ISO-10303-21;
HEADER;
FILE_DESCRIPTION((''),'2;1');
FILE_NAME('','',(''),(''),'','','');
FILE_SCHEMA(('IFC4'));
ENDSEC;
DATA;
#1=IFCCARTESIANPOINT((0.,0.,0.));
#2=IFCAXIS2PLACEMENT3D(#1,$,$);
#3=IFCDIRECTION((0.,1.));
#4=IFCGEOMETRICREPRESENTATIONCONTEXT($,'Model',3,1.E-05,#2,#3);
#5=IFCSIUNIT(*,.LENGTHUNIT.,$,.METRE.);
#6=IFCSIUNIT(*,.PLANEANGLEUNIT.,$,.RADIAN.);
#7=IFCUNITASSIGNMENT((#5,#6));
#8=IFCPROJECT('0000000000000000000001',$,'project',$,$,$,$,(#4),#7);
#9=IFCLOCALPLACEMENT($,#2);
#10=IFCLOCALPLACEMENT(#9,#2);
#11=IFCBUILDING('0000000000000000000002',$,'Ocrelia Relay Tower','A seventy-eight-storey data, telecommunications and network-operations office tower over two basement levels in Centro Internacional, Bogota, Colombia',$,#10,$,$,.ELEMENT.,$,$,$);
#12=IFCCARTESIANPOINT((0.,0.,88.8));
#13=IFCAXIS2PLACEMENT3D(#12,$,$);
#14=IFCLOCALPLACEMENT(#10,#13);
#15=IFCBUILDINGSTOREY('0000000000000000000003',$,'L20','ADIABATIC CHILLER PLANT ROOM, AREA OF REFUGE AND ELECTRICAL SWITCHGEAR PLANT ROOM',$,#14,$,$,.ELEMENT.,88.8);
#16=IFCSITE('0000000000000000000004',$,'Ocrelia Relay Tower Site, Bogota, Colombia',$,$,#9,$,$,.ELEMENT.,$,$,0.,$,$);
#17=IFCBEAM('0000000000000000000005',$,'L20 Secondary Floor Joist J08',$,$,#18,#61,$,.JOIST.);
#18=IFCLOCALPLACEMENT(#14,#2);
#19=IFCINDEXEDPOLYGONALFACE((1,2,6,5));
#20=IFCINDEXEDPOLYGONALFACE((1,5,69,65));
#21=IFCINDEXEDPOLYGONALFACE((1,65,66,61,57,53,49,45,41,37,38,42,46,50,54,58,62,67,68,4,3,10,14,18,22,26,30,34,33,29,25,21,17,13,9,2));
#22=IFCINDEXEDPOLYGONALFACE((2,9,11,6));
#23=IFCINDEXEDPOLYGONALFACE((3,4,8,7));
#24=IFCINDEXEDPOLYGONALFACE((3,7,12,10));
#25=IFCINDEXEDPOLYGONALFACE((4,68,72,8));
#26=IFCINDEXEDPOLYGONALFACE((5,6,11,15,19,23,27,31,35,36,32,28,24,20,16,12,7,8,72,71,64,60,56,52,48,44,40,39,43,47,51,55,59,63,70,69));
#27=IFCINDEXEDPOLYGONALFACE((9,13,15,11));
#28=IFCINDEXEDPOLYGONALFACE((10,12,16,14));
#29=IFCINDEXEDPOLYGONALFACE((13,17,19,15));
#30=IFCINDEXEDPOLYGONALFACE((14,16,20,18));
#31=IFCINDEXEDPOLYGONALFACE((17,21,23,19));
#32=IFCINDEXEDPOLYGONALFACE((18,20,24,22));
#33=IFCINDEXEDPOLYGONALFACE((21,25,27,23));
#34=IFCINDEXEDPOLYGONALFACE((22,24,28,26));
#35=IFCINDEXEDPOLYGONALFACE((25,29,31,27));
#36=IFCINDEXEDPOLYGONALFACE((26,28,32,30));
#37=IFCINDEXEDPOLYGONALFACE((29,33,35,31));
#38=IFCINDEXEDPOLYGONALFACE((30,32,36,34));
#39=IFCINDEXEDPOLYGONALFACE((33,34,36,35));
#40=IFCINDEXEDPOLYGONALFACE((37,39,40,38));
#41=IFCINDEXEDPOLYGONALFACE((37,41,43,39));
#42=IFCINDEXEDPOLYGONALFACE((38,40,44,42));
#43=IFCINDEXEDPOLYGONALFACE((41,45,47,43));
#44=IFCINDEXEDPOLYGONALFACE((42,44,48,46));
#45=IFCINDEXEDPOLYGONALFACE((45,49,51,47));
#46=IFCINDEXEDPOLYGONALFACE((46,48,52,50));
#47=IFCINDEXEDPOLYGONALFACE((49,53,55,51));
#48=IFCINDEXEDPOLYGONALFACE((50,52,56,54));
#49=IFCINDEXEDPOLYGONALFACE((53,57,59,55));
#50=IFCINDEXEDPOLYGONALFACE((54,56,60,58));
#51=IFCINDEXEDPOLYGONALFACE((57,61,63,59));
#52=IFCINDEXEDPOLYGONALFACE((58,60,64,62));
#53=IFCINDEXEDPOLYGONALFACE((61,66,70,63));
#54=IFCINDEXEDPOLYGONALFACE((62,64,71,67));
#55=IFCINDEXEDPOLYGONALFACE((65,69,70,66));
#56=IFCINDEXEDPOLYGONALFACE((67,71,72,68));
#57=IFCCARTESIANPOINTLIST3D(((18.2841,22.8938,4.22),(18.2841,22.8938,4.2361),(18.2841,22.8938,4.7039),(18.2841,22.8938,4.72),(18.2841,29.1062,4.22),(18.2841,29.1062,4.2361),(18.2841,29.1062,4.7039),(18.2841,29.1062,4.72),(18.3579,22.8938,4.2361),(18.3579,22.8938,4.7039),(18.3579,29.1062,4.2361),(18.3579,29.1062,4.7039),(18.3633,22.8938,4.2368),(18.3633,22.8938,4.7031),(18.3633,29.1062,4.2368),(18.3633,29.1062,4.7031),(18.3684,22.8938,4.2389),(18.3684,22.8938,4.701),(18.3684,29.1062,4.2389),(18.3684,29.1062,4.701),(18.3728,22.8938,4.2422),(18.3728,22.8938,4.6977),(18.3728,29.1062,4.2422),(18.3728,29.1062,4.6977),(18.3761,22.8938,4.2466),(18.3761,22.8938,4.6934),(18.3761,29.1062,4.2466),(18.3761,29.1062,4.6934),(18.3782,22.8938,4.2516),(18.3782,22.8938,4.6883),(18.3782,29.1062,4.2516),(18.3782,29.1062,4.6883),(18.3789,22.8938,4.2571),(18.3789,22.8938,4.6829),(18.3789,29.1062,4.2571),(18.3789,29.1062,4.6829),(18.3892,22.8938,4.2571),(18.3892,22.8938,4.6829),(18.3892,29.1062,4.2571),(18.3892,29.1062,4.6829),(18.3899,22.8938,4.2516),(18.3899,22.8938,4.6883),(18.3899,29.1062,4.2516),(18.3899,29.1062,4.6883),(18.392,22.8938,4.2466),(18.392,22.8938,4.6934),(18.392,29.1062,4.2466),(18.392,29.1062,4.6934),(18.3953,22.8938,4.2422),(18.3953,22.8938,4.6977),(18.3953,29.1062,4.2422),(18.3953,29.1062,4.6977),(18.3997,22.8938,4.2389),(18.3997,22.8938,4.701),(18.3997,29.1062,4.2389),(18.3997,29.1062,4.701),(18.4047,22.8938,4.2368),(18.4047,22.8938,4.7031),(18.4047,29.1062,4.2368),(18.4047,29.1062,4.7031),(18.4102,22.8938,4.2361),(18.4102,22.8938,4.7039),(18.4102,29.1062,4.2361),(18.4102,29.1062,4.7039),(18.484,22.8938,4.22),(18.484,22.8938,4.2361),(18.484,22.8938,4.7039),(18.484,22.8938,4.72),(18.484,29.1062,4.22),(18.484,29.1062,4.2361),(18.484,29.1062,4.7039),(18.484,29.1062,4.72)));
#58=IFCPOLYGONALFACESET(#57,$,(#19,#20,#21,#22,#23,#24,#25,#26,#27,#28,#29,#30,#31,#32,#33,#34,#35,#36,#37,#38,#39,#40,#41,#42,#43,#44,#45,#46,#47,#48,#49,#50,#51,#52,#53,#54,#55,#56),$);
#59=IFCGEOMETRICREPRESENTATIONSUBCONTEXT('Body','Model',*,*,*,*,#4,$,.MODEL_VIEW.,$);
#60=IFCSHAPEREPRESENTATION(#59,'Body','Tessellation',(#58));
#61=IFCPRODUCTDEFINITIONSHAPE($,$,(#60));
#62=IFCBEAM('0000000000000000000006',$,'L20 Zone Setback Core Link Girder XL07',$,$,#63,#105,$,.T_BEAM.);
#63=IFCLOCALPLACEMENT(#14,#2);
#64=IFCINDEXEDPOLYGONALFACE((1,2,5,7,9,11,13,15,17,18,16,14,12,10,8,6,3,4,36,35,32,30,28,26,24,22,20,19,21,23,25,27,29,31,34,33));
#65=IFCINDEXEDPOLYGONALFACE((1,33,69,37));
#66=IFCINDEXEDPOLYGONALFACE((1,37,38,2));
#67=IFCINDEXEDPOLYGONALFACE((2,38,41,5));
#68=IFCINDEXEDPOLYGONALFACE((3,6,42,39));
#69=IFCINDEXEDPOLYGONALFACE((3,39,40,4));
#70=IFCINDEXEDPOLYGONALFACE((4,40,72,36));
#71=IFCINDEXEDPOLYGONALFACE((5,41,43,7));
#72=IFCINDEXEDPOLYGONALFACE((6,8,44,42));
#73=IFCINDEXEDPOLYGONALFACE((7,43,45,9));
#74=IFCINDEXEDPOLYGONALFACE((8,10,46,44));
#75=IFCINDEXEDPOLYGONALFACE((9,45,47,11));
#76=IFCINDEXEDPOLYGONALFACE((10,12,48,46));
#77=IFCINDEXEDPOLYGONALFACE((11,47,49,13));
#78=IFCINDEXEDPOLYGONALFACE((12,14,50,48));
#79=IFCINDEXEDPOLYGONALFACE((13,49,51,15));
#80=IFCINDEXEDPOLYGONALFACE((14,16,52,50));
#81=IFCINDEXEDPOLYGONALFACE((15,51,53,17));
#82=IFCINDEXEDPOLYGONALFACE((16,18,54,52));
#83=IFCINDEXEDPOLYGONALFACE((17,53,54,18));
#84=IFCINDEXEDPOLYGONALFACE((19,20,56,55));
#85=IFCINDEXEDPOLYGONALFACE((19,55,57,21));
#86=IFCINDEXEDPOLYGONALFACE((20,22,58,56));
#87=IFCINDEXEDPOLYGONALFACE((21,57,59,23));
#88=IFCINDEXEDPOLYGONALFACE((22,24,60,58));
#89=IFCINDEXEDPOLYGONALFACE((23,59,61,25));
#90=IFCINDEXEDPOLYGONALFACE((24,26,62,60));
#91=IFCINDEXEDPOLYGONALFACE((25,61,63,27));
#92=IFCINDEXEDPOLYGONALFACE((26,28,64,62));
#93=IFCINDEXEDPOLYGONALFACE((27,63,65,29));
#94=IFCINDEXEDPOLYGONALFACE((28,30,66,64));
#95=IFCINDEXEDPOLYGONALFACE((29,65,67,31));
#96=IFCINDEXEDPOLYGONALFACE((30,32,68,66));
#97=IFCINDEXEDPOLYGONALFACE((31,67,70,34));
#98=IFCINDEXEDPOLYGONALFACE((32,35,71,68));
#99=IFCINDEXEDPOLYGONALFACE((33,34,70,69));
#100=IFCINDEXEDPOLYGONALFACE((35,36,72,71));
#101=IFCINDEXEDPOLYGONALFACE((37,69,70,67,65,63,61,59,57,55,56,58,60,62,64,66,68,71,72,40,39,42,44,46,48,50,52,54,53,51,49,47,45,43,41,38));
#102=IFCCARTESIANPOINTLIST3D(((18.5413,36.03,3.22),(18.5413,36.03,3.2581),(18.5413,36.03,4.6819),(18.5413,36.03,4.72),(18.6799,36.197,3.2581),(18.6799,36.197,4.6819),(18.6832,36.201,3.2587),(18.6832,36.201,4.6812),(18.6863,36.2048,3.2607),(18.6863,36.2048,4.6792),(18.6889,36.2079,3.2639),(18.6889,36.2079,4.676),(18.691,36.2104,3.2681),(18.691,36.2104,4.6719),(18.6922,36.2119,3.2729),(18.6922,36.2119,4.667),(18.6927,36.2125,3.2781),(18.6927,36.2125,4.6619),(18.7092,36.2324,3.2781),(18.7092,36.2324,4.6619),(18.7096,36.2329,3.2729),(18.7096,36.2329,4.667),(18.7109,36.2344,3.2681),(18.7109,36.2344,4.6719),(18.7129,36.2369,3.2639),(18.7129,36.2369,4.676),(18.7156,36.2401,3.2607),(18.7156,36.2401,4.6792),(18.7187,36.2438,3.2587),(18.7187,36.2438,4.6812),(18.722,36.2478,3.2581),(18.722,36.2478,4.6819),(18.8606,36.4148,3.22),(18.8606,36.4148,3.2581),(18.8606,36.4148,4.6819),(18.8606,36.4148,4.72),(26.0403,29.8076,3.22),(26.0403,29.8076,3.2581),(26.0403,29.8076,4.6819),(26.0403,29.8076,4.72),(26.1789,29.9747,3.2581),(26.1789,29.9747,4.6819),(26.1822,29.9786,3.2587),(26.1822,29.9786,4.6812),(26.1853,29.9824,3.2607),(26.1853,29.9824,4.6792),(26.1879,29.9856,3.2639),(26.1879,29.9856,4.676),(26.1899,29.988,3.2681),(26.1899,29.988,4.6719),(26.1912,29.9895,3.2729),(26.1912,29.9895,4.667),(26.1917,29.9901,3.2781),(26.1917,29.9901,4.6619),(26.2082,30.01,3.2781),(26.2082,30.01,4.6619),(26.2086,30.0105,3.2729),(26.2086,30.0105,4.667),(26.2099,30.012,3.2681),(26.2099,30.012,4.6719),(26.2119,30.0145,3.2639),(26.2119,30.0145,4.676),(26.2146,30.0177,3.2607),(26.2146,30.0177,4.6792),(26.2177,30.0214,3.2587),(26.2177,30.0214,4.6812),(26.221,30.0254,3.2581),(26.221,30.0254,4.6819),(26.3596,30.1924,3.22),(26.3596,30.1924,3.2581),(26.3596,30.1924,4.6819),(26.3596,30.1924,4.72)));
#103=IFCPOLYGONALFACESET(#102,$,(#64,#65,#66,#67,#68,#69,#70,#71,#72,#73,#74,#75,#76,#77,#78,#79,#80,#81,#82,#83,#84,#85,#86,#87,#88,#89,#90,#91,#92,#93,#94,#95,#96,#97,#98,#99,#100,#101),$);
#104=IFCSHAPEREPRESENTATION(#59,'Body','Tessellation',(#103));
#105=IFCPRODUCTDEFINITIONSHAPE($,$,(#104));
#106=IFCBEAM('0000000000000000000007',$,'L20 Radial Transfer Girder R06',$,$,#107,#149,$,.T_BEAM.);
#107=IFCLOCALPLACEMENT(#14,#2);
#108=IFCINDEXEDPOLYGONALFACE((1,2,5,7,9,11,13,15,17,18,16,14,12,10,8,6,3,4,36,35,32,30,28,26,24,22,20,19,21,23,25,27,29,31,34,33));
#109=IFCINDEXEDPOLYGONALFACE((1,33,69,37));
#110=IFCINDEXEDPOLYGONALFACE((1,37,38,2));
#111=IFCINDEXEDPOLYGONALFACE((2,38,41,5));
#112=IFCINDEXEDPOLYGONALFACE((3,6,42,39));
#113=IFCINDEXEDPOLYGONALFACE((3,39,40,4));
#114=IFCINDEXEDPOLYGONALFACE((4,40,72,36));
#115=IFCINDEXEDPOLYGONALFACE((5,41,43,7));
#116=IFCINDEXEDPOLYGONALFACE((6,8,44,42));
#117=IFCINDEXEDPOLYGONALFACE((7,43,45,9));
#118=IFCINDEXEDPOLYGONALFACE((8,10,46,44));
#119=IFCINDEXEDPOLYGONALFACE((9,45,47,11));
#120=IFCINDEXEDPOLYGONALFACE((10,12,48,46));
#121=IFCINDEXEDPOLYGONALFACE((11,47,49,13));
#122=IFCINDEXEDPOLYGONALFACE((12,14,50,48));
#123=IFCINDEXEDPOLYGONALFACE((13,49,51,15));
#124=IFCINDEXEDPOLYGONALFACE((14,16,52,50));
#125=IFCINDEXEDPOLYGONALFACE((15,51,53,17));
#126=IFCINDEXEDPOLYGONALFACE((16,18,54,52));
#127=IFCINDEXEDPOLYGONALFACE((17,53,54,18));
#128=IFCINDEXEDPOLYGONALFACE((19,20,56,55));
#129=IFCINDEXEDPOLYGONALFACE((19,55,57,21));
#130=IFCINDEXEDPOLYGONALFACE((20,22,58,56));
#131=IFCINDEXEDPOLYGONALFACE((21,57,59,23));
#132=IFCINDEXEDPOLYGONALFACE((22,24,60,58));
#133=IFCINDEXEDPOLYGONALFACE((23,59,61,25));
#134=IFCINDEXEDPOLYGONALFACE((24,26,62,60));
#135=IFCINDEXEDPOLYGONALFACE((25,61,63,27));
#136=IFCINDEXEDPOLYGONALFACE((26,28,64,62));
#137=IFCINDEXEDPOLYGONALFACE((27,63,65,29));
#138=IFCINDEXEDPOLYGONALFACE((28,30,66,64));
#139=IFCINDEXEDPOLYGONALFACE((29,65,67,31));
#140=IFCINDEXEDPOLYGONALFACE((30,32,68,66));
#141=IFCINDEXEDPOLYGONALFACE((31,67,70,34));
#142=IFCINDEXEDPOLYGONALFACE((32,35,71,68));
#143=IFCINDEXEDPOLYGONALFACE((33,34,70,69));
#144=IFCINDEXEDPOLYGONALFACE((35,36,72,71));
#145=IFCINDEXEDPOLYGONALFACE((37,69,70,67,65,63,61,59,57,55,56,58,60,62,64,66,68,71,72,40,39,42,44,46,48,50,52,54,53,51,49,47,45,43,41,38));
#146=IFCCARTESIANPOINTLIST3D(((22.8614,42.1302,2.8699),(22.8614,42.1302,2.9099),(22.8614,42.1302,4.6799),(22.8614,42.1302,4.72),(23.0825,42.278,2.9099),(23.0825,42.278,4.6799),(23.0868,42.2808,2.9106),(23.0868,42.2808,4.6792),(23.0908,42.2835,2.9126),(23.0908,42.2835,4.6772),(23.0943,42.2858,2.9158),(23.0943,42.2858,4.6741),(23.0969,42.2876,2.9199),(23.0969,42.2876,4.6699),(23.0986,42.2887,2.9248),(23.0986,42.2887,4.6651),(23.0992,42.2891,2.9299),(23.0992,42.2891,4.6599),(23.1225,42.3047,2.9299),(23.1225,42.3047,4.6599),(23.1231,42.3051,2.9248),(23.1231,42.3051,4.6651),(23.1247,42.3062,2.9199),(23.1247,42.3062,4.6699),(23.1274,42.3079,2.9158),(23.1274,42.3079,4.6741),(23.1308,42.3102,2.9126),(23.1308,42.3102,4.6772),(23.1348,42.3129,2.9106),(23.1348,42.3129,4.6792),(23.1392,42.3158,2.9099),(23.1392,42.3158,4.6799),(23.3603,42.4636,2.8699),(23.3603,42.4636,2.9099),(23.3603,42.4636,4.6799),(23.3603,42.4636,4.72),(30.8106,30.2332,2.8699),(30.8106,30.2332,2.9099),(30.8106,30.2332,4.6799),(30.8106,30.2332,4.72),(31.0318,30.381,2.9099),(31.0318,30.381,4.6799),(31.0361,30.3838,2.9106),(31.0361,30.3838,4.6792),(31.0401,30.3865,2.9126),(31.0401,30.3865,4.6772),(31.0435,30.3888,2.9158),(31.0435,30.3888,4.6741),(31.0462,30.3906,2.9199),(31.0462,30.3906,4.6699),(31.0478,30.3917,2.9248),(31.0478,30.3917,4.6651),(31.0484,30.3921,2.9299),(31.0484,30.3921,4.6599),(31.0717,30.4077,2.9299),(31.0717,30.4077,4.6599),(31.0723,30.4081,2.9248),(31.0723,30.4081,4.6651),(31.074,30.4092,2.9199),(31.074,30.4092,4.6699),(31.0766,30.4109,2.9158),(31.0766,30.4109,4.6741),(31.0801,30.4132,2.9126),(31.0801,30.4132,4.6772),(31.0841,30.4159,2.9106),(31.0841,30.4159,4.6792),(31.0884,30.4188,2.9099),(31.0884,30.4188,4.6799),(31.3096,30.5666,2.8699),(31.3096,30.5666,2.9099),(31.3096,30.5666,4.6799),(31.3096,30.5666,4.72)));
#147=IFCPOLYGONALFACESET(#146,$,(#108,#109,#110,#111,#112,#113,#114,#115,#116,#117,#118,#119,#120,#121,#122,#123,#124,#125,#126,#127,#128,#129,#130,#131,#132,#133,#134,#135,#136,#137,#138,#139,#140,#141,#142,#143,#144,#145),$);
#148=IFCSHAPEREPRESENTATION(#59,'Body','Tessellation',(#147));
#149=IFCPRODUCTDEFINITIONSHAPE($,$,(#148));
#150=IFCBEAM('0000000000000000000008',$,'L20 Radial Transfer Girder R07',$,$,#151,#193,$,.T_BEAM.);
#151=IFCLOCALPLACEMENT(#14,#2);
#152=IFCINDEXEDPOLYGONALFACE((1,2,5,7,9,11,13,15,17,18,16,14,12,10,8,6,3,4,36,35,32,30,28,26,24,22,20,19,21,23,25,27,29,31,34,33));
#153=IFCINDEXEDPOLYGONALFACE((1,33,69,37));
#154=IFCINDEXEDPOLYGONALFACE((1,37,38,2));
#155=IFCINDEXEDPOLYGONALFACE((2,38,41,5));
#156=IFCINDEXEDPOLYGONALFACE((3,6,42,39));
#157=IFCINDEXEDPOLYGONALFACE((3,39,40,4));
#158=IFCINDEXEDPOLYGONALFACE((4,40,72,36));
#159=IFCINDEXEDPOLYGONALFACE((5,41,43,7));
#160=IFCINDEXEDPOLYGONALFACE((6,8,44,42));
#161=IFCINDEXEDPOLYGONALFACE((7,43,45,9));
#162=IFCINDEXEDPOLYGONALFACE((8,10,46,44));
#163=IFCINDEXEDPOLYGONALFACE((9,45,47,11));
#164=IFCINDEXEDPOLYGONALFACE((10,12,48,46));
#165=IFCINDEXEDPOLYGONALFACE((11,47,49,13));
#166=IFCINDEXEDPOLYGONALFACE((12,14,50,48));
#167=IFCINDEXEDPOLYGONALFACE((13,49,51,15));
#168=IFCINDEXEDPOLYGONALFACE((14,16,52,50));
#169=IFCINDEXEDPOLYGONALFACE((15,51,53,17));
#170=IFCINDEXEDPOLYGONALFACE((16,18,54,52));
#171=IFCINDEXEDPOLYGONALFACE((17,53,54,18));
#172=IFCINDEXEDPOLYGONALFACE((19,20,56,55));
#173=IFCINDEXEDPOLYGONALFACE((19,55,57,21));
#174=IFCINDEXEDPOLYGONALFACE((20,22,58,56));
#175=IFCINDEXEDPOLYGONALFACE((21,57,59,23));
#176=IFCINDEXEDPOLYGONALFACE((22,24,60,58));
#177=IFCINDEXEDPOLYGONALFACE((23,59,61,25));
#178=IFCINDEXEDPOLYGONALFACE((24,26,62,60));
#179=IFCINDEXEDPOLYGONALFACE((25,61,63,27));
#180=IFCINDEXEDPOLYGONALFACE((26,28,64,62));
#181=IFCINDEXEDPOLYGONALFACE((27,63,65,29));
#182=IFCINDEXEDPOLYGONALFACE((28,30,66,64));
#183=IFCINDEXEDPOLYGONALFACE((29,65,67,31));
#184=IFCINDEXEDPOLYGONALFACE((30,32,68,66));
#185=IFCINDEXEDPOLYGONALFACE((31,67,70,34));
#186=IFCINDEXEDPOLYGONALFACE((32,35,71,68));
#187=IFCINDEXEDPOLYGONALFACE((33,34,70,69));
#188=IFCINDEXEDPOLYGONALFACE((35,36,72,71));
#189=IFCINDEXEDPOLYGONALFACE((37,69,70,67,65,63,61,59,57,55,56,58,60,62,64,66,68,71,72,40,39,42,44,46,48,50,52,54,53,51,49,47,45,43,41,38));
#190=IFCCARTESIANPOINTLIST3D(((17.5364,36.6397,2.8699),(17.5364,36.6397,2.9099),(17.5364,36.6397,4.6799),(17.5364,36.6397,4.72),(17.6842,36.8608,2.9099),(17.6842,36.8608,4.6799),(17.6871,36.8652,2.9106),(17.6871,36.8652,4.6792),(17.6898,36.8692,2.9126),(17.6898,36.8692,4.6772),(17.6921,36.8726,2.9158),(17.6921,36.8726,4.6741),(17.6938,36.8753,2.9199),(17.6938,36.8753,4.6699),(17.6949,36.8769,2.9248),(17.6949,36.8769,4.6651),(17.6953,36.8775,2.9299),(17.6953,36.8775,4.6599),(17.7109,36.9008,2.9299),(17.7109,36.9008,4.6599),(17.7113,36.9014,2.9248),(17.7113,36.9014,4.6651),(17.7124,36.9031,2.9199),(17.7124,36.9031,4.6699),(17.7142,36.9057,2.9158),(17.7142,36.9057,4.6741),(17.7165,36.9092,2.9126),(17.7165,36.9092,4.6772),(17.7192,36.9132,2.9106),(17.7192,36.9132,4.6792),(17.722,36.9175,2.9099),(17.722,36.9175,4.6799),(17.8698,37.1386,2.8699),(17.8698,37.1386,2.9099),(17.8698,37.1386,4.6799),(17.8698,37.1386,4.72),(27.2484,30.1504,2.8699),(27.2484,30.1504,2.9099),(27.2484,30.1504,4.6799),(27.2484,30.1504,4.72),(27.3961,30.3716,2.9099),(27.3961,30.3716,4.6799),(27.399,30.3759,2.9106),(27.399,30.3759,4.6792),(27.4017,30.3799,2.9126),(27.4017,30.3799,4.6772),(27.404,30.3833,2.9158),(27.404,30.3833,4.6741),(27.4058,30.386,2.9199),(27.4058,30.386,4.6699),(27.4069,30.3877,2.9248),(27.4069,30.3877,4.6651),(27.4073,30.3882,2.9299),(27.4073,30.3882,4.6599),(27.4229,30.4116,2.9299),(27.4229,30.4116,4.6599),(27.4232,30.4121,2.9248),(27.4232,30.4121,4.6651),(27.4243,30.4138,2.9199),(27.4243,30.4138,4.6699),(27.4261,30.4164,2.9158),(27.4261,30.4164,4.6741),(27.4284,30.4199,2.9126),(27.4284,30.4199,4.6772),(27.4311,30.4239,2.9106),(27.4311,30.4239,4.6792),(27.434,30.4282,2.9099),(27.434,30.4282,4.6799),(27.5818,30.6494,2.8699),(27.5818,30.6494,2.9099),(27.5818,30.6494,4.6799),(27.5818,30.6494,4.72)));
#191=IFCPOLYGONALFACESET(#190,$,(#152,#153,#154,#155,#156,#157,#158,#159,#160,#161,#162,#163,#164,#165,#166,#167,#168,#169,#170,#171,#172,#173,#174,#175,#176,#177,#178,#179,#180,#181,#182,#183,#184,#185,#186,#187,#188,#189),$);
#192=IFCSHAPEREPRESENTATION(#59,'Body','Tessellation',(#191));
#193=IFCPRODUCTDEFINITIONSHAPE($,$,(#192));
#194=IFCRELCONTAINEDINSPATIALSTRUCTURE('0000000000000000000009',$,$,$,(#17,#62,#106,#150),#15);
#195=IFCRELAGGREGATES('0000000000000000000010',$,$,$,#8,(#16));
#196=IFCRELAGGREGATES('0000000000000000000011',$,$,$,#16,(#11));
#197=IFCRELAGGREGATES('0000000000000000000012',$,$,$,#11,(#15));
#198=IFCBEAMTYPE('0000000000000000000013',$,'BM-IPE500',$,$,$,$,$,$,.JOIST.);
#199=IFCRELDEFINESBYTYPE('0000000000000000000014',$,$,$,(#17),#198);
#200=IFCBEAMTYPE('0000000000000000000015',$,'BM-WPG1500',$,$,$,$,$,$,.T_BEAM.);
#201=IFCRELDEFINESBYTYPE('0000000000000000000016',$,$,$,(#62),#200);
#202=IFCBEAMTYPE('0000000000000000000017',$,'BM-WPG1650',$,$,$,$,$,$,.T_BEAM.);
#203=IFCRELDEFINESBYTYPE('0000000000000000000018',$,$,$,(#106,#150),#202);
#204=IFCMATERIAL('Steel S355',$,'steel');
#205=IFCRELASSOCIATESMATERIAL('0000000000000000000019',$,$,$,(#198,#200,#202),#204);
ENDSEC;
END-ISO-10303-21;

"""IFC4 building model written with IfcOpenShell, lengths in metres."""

from ifc_helpers import new_model, si_unit, direction, frame, origin, origin_2d, place, context, subcontext, project, spatial, i_section, extrude, material, material_profile, profile_set, type_object, element, save


model = new_model("IFC4")

# Units and contexts
model_context = context("Model", 3, precision=1e-05, world=origin(), true_north=direction((0.0, 1.0)))
body_context = subcontext(model_context, "Body", "Model", "MODEL_VIEW")
ifc_project = project(units=[si_unit("LENGTHUNIT", "METRE"), si_unit("PLANEANGLEUNIT", "RADIAN")], contexts=[model_context])

# Site, building, storey
site_placement = place(None, origin())
site = spatial("IfcSite", under=ifc_project, at=site_placement, Name="Ocrelia Relay Tower Site, Bogota, Colombia", CompositionType="ELEMENT", RefElevation=0.0)
building_placement = place(site_placement, origin())
building = spatial("IfcBuilding", under=site, at=building_placement, Name="Ocrelia Relay Tower", Description="A seventy-eight-storey data, telecommunications and network-operations office tower over two basement levels in Centro Internacional, Bogota, Colombia", CompositionType="ELEMENT")
storey_placement = place(building_placement, frame((0.0, 0.0, 88.8)))
storey = spatial("IfcBuildingStorey", under=building, at=storey_placement, Name="L20", Description="ADIABATIC CHILLER PLANT ROOM, AREA OF REFUGE AND ELECTRICAL SWITCHGEAR PLANT ROOM", CompositionType="ELEMENT", Elevation=88.8)

# Beams
ifc_material_1 = material(Name="Steel S355", Category="steel")
ifc_material_profile_1 = material_profile(ifc_material_1, i_section(OverallWidth=0.2, OverallDepth=0.5, WebThickness=0.0103, FlangeThickness=0.0161, FilletRadius=0.021, at=origin_2d()), Name="IPE 500")
ifc_profile_set_1 = profile_set([ifc_material_profile_1], Name="Steel S355")
beam_type_1 = type_object("IfcBeamType", Name="BM-IPE500", PredefinedType="JOIST", material=ifc_profile_set_1)
beam_1_placement = place(storey_placement, frame((18.384, 29.1062, 4.47), z_axis=(0.0, -1.0, 0.0), x_axis=(1.0, 0.0, 0.0)))
element("IfcBeam", 1, at=beam_1_placement, inside=storey, type_object=beam_type_1, Name="L20 Secondary Floor Joist J08", PredefinedType="JOIST", context=body_context, shape_type="SweptSolid", body=[
    extrude(i_section(OverallWidth=0.2, OverallDepth=0.5, WebThickness=0.0103, FlangeThickness=0.0161, FilletRadius=0.021, at=origin_2d()), origin(), (0.0, 0.0, 1.0), 6.2124),
])
ifc_material_profile_2 = material_profile(ifc_material_1, i_section(OverallWidth=0.5, OverallDepth=1.5, WebThickness=0.0259, FlangeThickness=0.0381, FilletRadius=0.02, at=origin_2d()), Name="WPG 1500x500")
ifc_profile_set_2 = profile_set([ifc_material_profile_2], Name="Steel S355")
beam_type_2 = type_object("IfcBeamType", Name="BM-WPG1500", PredefinedType="T_BEAM", material=ifc_profile_set_2)
beam_2_placement = place(storey_placement, frame((18.7009, 36.2224, 3.97), z_axis=(0.769571, -0.638561, 0.0), x_axis=(0.638561, 0.769571, 0.0)))
element("IfcBeam", 2, at=beam_2_placement, inside=storey, type_object=beam_type_2, Name="L20 Zone Setback Core Link Girder XL07", PredefinedType="T_BEAM", context=body_context, shape_type="SweptSolid", body=[
    extrude(i_section(OverallWidth=0.5, OverallDepth=1.5, WebThickness=0.0259, FlangeThickness=0.0381, FilletRadius=0.02, at=origin_2d()), origin(), (0.0, 0.0, 1.0), 9.7444),
])
ifc_material_profile_3 = material_profile(ifc_material_1, i_section(OverallWidth=0.6001, OverallDepth=1.8501, WebThickness=0.0281, FlangeThickness=0.04, FilletRadius=0.02, at=origin_2d()), Name="WPG 1850x600")
ifc_profile_set_3 = profile_set([ifc_material_profile_3], Name="Steel S355")
beam_type_3 = type_object("IfcBeamType", Name="BM-WPG1650", PredefinedType="T_BEAM", material=ifc_profile_set_3)
beam_3_placement = place(storey_placement, frame((23.1108, 42.2969, 3.7949), z_axis=(0.555566, -0.831472, 0.0), x_axis=(0.831472, 0.555566, 0.0)))
element("IfcBeam", 3, at=beam_3_placement, inside=storey, type_object=beam_type_3, Name="L20 Radial Transfer Girder R06", PredefinedType="T_BEAM", context=body_context, shape_type="SweptSolid", body=[
    extrude(i_section(OverallWidth=0.6001, OverallDepth=1.8501, WebThickness=0.0281, FlangeThickness=0.04, FilletRadius=0.02, at=origin_2d()), origin(), (0.0, 0.0, 1.0), 14.3083),
])
beam_4_placement = place(storey_placement, frame((17.7031, 36.8892, 3.7949), z_axis=(0.831471, -0.555568, 0.0), x_axis=(0.555568, 0.831471, 0.0)))
element("IfcBeam", 4, at=beam_4_placement, inside=storey, type_object=beam_type_3, Name="L20 Radial Transfer Girder R07", PredefinedType="T_BEAM", context=body_context, shape_type="SweptSolid", body=[
    extrude(i_section(OverallWidth=0.6001, OverallDepth=1.8501, WebThickness=0.0281, FlangeThickness=0.04, FilletRadius=0.02, at=origin_2d()), origin(), (0.0, 0.0, 1.0), 11.6804),
])

save(model, "model.ifc")
